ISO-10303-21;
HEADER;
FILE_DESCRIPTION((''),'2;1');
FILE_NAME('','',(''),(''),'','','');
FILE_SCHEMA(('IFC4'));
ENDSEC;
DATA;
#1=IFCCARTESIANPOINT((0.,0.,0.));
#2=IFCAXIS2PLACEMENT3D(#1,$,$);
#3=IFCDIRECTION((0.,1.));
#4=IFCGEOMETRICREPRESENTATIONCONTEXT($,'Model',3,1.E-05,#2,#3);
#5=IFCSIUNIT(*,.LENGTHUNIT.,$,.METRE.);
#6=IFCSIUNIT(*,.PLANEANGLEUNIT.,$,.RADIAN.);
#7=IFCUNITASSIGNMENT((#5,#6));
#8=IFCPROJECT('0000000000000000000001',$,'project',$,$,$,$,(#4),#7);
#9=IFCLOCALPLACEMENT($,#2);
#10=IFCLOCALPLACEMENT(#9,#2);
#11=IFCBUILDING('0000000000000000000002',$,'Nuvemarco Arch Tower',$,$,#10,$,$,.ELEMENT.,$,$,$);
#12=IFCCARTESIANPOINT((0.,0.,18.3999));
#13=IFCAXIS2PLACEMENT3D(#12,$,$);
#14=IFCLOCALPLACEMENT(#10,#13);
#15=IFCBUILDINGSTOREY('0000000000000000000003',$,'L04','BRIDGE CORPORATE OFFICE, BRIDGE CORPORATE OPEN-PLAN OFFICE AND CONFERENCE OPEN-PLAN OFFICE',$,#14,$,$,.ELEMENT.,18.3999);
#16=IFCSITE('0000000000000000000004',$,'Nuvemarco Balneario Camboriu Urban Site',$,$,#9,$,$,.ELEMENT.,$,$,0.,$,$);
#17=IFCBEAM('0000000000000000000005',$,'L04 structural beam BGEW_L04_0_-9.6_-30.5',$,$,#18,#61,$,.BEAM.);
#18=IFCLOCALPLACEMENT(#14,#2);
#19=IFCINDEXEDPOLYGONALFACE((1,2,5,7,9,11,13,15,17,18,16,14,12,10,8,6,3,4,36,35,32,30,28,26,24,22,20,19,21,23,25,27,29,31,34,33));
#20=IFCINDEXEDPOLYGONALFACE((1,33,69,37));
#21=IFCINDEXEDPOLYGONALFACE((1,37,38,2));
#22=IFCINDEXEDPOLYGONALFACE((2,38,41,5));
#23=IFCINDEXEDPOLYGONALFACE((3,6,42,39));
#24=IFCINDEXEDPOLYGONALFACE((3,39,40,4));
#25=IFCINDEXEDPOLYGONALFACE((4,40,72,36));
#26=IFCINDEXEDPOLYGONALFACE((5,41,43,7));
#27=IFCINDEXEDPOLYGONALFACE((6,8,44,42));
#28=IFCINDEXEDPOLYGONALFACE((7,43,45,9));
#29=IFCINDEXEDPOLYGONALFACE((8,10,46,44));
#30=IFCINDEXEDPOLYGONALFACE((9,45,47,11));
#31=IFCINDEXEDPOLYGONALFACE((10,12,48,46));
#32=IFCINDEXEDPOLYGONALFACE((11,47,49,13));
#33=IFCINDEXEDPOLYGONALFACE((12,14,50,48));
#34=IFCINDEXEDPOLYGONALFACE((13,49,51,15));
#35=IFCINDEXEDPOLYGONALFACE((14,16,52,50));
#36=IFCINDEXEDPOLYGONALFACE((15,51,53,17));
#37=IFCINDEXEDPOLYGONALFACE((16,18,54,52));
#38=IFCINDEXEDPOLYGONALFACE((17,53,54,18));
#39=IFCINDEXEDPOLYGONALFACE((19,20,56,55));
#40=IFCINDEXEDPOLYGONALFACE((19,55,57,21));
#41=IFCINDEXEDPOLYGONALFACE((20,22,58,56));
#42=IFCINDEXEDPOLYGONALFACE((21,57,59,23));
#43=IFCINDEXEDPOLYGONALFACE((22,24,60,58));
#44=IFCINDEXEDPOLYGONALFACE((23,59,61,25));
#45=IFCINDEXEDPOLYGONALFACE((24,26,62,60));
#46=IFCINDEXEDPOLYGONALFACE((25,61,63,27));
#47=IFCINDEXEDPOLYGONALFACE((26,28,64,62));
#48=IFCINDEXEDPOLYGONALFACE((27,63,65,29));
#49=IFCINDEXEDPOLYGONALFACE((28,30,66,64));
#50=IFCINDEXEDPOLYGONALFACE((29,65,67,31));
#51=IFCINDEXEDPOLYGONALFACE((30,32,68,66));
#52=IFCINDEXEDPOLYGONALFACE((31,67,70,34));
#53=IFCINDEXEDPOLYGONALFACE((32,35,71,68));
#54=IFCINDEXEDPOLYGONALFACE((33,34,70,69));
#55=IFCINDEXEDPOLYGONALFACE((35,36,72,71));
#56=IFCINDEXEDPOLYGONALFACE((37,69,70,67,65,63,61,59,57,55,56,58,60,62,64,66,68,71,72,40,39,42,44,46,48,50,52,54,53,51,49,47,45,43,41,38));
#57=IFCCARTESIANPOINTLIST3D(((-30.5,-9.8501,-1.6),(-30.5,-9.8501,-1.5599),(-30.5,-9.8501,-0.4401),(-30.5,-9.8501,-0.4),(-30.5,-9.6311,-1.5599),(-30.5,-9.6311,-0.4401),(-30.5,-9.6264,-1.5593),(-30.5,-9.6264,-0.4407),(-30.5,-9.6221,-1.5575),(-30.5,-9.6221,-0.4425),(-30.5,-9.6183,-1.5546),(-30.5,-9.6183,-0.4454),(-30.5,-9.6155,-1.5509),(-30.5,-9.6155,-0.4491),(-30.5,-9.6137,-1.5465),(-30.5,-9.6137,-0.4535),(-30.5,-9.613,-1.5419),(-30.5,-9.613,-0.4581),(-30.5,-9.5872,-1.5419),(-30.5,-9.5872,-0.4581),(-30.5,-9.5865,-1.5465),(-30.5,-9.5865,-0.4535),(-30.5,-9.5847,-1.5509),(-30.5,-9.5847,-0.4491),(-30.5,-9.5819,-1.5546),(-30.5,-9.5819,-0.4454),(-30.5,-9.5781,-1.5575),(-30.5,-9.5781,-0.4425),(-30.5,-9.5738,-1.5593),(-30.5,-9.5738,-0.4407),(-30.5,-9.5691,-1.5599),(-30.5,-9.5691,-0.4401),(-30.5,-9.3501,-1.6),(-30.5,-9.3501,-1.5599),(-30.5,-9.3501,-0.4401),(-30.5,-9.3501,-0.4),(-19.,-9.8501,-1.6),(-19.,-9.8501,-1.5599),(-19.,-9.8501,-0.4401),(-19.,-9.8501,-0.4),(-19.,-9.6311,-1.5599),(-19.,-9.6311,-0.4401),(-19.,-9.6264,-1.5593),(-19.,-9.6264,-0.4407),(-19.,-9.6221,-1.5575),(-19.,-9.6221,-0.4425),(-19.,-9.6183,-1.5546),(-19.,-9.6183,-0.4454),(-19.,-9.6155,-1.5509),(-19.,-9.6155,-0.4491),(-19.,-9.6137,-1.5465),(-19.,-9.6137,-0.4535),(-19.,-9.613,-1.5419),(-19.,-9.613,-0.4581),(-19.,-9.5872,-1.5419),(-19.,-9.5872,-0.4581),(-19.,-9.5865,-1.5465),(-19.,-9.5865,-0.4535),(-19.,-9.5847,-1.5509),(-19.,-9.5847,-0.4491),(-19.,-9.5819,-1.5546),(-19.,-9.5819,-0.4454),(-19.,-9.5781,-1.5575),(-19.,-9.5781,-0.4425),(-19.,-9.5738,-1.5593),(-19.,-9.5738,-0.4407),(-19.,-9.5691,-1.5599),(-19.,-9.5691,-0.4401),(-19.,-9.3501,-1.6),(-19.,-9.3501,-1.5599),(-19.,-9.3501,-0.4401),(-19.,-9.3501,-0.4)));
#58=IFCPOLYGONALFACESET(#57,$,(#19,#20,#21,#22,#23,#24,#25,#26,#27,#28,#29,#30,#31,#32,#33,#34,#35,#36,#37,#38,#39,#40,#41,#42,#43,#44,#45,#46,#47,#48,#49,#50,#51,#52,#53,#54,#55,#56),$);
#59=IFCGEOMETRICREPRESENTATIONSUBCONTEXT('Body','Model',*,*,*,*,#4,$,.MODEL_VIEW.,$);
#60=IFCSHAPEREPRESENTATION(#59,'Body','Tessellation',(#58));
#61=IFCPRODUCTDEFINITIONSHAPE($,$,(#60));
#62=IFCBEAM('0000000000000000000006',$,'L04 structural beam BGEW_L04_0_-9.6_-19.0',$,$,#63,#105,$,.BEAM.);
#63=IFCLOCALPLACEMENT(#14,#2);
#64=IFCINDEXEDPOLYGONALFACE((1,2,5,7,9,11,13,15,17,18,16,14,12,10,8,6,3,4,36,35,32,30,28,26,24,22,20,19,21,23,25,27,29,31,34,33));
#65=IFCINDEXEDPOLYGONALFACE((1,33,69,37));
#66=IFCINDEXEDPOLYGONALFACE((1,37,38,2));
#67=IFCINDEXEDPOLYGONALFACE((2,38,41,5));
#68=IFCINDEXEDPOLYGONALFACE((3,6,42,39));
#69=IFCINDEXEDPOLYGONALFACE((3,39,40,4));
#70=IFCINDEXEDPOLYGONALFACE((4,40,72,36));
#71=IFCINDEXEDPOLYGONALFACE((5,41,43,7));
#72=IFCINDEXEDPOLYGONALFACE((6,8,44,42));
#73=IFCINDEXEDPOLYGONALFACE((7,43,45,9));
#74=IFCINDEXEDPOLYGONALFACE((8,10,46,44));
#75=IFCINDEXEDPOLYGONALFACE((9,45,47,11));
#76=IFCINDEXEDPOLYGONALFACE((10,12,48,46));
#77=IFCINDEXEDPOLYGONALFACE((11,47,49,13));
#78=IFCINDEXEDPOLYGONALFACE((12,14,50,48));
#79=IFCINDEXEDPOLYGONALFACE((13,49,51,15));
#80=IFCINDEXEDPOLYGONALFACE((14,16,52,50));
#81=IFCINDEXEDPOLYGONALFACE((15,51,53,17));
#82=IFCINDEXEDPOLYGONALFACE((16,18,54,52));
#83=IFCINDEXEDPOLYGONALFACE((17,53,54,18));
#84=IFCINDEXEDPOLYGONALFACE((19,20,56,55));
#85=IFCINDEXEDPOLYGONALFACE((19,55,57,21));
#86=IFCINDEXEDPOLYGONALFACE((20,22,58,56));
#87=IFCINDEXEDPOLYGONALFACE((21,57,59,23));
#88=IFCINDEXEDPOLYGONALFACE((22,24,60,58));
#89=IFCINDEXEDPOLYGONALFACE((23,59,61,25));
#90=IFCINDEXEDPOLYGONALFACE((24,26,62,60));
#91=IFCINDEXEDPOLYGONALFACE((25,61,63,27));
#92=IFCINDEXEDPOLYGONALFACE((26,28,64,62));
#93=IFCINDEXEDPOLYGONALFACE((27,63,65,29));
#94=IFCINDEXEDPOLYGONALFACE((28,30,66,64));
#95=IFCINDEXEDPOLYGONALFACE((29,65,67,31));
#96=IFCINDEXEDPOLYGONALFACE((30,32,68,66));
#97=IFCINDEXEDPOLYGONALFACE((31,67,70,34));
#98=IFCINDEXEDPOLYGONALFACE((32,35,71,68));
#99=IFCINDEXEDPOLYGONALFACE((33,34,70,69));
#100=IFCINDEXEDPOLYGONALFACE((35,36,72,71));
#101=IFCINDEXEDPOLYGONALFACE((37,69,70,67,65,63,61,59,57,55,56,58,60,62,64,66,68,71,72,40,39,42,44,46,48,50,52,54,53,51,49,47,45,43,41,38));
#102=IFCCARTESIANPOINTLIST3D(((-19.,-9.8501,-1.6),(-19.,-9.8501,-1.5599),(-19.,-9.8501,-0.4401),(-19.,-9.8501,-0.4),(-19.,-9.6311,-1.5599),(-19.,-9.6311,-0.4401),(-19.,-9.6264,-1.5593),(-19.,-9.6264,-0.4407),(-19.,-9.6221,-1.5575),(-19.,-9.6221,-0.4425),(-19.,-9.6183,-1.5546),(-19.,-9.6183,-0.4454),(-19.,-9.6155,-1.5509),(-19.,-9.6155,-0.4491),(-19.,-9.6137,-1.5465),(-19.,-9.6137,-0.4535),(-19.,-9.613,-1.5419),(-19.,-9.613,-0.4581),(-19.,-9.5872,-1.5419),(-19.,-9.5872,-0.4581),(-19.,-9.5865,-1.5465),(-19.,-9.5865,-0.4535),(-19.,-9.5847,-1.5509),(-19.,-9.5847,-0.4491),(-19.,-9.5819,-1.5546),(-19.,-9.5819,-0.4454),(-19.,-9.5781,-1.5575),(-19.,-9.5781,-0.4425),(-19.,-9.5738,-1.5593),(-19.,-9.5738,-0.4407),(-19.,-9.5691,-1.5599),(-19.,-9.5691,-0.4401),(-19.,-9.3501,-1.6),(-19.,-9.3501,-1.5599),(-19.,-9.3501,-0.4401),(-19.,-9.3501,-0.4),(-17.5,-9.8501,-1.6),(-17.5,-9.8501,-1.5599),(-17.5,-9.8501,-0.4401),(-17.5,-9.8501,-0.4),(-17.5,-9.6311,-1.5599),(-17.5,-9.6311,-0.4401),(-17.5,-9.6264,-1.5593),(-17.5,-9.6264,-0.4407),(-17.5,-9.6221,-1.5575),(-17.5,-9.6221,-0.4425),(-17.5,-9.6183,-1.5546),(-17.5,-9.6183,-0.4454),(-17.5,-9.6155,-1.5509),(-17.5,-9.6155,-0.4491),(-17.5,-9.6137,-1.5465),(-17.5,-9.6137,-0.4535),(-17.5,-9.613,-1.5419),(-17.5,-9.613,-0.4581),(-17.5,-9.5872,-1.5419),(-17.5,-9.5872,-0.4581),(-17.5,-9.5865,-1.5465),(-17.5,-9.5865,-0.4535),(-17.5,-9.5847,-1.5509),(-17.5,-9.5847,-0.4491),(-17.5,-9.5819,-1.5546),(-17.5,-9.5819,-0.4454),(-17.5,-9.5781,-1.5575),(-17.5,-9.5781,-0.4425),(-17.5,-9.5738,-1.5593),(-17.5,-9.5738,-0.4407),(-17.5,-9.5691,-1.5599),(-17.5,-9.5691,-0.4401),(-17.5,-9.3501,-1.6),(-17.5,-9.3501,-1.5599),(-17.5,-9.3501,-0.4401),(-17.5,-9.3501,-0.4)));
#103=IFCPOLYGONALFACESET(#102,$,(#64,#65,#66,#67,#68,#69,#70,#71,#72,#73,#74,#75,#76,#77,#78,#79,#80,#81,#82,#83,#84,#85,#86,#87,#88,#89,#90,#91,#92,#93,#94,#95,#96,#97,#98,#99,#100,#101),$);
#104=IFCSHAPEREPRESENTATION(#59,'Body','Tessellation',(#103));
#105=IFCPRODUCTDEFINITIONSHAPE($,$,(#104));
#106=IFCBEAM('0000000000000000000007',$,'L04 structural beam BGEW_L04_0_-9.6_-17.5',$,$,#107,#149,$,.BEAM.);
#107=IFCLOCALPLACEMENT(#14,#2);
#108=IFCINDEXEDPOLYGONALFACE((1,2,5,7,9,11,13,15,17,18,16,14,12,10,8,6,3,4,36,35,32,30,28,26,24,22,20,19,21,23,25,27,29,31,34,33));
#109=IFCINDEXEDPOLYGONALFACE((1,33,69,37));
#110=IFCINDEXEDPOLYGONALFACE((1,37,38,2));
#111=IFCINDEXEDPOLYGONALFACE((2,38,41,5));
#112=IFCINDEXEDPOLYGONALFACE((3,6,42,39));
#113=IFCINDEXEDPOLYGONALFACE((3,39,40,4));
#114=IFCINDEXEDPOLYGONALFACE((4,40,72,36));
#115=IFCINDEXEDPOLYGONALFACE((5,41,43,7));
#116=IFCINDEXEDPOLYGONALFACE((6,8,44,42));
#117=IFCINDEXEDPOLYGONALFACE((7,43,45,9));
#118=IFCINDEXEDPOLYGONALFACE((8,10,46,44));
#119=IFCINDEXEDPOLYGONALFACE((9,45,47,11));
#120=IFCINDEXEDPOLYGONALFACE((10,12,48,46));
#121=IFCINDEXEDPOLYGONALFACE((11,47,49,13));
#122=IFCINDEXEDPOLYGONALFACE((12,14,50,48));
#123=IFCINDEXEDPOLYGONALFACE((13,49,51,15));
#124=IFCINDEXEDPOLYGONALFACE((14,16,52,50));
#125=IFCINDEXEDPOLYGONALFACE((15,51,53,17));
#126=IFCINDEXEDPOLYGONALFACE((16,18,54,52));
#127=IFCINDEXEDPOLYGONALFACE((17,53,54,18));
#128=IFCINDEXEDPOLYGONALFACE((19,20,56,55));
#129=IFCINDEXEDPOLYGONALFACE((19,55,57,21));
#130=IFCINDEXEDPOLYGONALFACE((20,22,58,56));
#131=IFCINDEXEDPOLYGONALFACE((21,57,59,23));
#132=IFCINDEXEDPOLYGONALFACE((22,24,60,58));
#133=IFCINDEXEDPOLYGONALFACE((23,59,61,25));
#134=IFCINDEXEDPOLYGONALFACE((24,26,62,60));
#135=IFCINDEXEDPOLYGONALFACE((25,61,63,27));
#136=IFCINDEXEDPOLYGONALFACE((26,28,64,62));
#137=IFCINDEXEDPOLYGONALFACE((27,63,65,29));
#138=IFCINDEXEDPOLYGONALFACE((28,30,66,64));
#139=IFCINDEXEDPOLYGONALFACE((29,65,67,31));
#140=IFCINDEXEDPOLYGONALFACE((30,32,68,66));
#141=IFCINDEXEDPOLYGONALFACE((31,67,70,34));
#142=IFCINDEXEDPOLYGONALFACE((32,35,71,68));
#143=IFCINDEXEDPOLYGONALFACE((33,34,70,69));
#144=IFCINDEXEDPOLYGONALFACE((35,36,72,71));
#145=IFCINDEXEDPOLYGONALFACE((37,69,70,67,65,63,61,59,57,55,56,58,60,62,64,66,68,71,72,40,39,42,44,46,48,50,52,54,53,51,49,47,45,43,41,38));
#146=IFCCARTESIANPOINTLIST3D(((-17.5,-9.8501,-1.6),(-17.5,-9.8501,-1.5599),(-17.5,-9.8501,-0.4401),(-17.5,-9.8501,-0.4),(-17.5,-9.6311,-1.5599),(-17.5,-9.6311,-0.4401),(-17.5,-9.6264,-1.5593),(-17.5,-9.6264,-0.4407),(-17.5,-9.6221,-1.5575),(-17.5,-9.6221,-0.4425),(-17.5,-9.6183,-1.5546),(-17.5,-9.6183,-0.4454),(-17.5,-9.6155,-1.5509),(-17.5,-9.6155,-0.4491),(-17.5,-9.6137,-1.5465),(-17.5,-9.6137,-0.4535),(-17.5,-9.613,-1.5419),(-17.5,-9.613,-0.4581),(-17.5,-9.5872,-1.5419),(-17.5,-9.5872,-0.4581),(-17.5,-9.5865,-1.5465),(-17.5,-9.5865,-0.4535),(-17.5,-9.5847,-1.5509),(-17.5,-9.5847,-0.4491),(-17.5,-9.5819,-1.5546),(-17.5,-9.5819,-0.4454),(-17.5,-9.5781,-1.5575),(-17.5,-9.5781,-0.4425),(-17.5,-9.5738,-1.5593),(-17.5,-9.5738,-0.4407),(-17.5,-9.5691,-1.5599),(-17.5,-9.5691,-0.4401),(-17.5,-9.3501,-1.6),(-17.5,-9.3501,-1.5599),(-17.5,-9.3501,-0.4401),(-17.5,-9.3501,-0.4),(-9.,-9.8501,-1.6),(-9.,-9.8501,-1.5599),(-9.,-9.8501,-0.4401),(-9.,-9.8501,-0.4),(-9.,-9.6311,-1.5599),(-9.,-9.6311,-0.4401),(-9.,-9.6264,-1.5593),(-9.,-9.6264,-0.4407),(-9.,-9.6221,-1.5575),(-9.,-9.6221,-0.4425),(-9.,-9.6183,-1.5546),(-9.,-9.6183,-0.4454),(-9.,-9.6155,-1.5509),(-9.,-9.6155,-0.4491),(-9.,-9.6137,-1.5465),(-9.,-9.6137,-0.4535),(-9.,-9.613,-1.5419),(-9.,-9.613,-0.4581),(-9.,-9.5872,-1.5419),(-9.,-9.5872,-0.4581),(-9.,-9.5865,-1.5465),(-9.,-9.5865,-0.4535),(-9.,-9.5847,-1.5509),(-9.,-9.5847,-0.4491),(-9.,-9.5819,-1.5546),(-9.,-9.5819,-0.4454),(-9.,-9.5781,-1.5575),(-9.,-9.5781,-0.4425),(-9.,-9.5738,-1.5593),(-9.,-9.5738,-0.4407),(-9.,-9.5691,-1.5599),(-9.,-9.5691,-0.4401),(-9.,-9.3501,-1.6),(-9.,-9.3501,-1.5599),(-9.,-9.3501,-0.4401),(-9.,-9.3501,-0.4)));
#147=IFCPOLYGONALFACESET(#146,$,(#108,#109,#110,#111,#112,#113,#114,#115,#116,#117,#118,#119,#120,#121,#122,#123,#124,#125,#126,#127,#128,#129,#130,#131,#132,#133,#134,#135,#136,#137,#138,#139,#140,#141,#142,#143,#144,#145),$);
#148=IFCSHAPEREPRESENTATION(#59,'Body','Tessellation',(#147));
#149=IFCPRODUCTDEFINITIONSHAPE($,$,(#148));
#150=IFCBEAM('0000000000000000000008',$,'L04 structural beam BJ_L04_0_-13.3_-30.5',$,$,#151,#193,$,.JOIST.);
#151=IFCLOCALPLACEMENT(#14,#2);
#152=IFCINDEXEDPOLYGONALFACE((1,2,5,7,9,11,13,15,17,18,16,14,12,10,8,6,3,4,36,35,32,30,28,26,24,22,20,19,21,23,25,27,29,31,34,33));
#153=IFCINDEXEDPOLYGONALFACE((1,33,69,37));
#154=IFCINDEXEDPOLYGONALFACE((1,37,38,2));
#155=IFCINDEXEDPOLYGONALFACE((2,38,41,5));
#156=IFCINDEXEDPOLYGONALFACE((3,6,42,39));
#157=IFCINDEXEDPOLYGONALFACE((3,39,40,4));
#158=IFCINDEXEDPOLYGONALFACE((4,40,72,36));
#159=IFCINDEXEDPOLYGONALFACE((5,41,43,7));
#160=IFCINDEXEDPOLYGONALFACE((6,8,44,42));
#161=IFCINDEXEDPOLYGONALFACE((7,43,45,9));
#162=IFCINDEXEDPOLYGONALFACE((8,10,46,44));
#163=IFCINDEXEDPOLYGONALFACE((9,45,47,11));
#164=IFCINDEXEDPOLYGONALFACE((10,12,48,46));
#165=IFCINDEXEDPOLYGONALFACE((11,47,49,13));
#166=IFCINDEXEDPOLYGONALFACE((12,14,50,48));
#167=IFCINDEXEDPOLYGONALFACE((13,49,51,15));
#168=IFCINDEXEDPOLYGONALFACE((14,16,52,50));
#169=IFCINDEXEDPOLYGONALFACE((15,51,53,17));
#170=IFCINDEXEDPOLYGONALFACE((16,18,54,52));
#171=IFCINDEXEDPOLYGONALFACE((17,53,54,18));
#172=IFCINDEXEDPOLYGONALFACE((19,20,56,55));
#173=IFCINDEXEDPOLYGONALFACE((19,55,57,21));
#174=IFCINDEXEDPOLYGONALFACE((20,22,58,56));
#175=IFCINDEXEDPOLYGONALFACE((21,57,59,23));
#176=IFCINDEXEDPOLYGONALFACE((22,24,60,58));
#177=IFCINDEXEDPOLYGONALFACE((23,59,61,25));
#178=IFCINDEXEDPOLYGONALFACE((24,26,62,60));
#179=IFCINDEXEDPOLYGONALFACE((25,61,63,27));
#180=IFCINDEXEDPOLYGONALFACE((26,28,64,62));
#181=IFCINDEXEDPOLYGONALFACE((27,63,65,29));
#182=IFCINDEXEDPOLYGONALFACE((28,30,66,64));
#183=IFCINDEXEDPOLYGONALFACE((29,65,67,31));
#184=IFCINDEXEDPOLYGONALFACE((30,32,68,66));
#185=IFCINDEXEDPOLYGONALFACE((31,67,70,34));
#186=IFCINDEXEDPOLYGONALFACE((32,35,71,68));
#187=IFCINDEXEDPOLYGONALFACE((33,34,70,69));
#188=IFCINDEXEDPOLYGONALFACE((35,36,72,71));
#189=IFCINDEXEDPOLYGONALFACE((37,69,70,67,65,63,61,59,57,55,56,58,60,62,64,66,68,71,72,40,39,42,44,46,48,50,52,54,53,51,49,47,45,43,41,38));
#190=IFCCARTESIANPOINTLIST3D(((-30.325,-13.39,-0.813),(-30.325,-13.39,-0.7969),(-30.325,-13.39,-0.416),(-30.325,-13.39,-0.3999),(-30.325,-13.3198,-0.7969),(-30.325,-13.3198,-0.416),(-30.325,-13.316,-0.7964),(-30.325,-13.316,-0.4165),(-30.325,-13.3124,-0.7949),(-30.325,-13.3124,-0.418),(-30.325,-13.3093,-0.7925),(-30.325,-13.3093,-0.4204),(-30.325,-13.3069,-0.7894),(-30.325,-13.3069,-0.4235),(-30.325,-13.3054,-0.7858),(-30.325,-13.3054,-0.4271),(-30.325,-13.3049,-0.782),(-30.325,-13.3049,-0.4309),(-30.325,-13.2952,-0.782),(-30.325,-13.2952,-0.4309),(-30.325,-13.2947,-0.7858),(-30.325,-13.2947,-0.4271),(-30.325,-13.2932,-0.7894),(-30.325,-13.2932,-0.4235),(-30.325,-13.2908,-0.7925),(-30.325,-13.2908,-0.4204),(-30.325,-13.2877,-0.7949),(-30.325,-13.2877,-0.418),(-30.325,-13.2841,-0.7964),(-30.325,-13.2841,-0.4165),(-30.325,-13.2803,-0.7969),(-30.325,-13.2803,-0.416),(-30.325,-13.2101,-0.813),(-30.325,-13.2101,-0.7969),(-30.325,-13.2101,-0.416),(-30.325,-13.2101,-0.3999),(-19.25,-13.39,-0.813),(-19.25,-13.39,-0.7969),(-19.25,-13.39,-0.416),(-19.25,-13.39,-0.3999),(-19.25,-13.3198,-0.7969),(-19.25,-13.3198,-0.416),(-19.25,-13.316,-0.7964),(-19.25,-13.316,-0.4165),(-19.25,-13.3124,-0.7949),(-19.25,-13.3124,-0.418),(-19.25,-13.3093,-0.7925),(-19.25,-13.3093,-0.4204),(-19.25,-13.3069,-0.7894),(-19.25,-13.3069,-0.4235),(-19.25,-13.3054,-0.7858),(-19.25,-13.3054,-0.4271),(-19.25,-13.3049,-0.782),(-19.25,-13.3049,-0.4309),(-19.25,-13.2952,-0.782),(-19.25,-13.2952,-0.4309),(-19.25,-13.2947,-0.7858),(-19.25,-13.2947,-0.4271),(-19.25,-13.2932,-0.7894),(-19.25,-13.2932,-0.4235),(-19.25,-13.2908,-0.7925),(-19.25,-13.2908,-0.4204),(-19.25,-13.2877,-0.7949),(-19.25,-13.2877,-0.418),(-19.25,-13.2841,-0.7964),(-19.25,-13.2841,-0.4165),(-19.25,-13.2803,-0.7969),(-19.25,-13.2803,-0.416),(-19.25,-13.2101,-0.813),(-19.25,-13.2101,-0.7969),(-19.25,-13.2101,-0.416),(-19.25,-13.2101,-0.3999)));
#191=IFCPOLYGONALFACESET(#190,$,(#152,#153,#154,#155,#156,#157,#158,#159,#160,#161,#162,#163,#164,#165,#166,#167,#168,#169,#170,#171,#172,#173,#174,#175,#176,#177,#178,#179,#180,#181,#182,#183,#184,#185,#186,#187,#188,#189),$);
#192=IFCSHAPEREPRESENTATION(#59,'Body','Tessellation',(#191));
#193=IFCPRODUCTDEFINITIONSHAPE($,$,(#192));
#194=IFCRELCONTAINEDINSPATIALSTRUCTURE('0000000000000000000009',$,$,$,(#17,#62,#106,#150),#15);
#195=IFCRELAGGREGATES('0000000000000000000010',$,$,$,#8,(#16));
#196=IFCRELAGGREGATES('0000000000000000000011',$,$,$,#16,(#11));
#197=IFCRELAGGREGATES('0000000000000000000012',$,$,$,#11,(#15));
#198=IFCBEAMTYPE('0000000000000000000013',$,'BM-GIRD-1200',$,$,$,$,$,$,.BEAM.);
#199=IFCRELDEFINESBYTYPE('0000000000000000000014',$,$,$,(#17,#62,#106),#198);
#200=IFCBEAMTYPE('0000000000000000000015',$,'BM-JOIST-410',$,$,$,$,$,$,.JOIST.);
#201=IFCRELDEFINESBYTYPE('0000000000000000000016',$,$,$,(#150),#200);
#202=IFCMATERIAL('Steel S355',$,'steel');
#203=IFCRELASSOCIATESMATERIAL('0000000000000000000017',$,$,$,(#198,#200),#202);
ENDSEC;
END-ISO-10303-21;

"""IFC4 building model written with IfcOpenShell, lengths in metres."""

from ifc_helpers import new_model, si_unit, direction, frame, origin, origin_2d, place, context, subcontext, project, spatial, i_section, extrude, material, material_profile, profile_set, type_object, element, save


model = new_model("IFC4")

# Units and contexts
model_context = context("Model", 3, precision=1e-05, world=origin(), true_north=direction((0.0, 1.0)))
body_context = subcontext(model_context, "Body", "Model", "MODEL_VIEW")
ifc_project = project(units=[si_unit("LENGTHUNIT", "METRE"), si_unit("PLANEANGLEUNIT", "RADIAN")], contexts=[model_context])

# Site, building, storey
site_placement = place(None, origin())
site = spatial("IfcSite", under=ifc_project, at=site_placement, Name="Nuvemarco Balneario Camboriu Urban Site", CompositionType="ELEMENT", RefElevation=0.0)
building_placement = place(site_placement, origin())
building = spatial("IfcBuilding", under=site, at=building_placement, Name="Nuvemarco Arch Tower", CompositionType="ELEMENT")
storey_placement = place(building_placement, frame((0.0, 0.0, 18.3999)))
storey = spatial("IfcBuildingStorey", under=building, at=storey_placement, Name="L04", Description="BRIDGE CORPORATE OFFICE, BRIDGE CORPORATE OPEN-PLAN OFFICE AND CONFERENCE OPEN-PLAN OFFICE", CompositionType="ELEMENT", Elevation=18.3999)

# Beams
ifc_material_1 = material(Name="Steel S355", Category="steel")
ifc_material_profile_1 = material_profile(ifc_material_1, i_section(OverallWidth=0.5, OverallDepth=1.2, WebThickness=0.0259, FlangeThickness=0.04, FilletRadius=0.0181, at=origin_2d()), Name="PG1200x500")
ifc_profile_set_1 = profile_set([ifc_material_profile_1], Name="Steel S355")
beam_type_1 = type_object("IfcBeamType", Name="BM-GIRD-1200", PredefinedType="BEAM", material=ifc_profile_set_1)
beam_1_placement = place(storey_placement, frame((-30.5, -9.6001, -1.0), z_axis=(1.0, 0.0, 0.0), x_axis=(0.0, 1.0, 0.0)))
element("IfcBeam", 1, at=beam_1_placement, inside=storey, type_object=beam_type_1, Name="L04 structural beam BGEW_L04_0_-9.6_-30.5", PredefinedType="BEAM", context=body_context, shape_type="SweptSolid", body=[
    extrude(i_section(OverallWidth=0.5, OverallDepth=1.2, WebThickness=0.0259, FlangeThickness=0.04, FilletRadius=0.0181, at=origin_2d()), origin(), (0.0, 0.0, 1.0), 11.5),
])
beam_2_placement = place(storey_placement, frame((-19.0, -9.6001, -1.0), z_axis=(1.0, 0.0, 0.0), x_axis=(0.0, 1.0, 0.0)))
element("IfcBeam", 2, at=beam_2_placement, inside=storey, type_object=beam_type_1, Name="L04 structural beam BGEW_L04_0_-9.6_-19.0", PredefinedType="BEAM", context=body_context, shape_type="SweptSolid", body=[
    extrude(i_section(OverallWidth=0.5, OverallDepth=1.2, WebThickness=0.0259, FlangeThickness=0.04, FilletRadius=0.0181, at=origin_2d()), origin(), (0.0, 0.0, 1.0), 1.5),
])
beam_3_placement = place(storey_placement, frame((-17.5, -9.6001, -1.0), z_axis=(1.0, 0.0, 0.0), x_axis=(0.0, 1.0, 0.0)))
element("IfcBeam", 3, at=beam_3_placement, inside=storey, type_object=beam_type_1, Name="L04 structural beam BGEW_L04_0_-9.6_-17.5", PredefinedType="BEAM", context=body_context, shape_type="SweptSolid", body=[
    extrude(i_section(OverallWidth=0.5, OverallDepth=1.2, WebThickness=0.0259, FlangeThickness=0.04, FilletRadius=0.0181, at=origin_2d()), origin(), (0.0, 0.0, 1.0), 8.5),
])
ifc_material_profile_2 = material_profile(ifc_material_1, i_section(OverallWidth=0.1799, OverallDepth=0.4131, WebThickness=0.0098, FlangeThickness=0.0161, FilletRadius=0.0149, at=origin_2d()), Name="W410x75")
ifc_profile_set_2 = profile_set([ifc_material_profile_2], Name="Steel S355")
beam_type_2 = type_object("IfcBeamType", Name="BM-JOIST-410", PredefinedType="JOIST", material=ifc_profile_set_2)
beam_4_placement = place(storey_placement, frame((-30.325, -13.3, -0.6064), z_axis=(1.0, 0.0, 0.0), x_axis=(0.0, 1.0, 0.0)))
element("IfcBeam", 4, at=beam_4_placement, inside=storey, type_object=beam_type_2, Name="L04 structural beam BJ_L04_0_-13.3_-30.5", PredefinedType="JOIST", context=body_context, shape_type="SweptSolid", body=[
    extrude(i_section(OverallWidth=0.1799, OverallDepth=0.4131, WebThickness=0.0098, FlangeThickness=0.0161, FilletRadius=0.0149, at=origin_2d()), origin(), (0.0, 0.0, 1.0), 11.075),
])

save(model, "model.ifc")
